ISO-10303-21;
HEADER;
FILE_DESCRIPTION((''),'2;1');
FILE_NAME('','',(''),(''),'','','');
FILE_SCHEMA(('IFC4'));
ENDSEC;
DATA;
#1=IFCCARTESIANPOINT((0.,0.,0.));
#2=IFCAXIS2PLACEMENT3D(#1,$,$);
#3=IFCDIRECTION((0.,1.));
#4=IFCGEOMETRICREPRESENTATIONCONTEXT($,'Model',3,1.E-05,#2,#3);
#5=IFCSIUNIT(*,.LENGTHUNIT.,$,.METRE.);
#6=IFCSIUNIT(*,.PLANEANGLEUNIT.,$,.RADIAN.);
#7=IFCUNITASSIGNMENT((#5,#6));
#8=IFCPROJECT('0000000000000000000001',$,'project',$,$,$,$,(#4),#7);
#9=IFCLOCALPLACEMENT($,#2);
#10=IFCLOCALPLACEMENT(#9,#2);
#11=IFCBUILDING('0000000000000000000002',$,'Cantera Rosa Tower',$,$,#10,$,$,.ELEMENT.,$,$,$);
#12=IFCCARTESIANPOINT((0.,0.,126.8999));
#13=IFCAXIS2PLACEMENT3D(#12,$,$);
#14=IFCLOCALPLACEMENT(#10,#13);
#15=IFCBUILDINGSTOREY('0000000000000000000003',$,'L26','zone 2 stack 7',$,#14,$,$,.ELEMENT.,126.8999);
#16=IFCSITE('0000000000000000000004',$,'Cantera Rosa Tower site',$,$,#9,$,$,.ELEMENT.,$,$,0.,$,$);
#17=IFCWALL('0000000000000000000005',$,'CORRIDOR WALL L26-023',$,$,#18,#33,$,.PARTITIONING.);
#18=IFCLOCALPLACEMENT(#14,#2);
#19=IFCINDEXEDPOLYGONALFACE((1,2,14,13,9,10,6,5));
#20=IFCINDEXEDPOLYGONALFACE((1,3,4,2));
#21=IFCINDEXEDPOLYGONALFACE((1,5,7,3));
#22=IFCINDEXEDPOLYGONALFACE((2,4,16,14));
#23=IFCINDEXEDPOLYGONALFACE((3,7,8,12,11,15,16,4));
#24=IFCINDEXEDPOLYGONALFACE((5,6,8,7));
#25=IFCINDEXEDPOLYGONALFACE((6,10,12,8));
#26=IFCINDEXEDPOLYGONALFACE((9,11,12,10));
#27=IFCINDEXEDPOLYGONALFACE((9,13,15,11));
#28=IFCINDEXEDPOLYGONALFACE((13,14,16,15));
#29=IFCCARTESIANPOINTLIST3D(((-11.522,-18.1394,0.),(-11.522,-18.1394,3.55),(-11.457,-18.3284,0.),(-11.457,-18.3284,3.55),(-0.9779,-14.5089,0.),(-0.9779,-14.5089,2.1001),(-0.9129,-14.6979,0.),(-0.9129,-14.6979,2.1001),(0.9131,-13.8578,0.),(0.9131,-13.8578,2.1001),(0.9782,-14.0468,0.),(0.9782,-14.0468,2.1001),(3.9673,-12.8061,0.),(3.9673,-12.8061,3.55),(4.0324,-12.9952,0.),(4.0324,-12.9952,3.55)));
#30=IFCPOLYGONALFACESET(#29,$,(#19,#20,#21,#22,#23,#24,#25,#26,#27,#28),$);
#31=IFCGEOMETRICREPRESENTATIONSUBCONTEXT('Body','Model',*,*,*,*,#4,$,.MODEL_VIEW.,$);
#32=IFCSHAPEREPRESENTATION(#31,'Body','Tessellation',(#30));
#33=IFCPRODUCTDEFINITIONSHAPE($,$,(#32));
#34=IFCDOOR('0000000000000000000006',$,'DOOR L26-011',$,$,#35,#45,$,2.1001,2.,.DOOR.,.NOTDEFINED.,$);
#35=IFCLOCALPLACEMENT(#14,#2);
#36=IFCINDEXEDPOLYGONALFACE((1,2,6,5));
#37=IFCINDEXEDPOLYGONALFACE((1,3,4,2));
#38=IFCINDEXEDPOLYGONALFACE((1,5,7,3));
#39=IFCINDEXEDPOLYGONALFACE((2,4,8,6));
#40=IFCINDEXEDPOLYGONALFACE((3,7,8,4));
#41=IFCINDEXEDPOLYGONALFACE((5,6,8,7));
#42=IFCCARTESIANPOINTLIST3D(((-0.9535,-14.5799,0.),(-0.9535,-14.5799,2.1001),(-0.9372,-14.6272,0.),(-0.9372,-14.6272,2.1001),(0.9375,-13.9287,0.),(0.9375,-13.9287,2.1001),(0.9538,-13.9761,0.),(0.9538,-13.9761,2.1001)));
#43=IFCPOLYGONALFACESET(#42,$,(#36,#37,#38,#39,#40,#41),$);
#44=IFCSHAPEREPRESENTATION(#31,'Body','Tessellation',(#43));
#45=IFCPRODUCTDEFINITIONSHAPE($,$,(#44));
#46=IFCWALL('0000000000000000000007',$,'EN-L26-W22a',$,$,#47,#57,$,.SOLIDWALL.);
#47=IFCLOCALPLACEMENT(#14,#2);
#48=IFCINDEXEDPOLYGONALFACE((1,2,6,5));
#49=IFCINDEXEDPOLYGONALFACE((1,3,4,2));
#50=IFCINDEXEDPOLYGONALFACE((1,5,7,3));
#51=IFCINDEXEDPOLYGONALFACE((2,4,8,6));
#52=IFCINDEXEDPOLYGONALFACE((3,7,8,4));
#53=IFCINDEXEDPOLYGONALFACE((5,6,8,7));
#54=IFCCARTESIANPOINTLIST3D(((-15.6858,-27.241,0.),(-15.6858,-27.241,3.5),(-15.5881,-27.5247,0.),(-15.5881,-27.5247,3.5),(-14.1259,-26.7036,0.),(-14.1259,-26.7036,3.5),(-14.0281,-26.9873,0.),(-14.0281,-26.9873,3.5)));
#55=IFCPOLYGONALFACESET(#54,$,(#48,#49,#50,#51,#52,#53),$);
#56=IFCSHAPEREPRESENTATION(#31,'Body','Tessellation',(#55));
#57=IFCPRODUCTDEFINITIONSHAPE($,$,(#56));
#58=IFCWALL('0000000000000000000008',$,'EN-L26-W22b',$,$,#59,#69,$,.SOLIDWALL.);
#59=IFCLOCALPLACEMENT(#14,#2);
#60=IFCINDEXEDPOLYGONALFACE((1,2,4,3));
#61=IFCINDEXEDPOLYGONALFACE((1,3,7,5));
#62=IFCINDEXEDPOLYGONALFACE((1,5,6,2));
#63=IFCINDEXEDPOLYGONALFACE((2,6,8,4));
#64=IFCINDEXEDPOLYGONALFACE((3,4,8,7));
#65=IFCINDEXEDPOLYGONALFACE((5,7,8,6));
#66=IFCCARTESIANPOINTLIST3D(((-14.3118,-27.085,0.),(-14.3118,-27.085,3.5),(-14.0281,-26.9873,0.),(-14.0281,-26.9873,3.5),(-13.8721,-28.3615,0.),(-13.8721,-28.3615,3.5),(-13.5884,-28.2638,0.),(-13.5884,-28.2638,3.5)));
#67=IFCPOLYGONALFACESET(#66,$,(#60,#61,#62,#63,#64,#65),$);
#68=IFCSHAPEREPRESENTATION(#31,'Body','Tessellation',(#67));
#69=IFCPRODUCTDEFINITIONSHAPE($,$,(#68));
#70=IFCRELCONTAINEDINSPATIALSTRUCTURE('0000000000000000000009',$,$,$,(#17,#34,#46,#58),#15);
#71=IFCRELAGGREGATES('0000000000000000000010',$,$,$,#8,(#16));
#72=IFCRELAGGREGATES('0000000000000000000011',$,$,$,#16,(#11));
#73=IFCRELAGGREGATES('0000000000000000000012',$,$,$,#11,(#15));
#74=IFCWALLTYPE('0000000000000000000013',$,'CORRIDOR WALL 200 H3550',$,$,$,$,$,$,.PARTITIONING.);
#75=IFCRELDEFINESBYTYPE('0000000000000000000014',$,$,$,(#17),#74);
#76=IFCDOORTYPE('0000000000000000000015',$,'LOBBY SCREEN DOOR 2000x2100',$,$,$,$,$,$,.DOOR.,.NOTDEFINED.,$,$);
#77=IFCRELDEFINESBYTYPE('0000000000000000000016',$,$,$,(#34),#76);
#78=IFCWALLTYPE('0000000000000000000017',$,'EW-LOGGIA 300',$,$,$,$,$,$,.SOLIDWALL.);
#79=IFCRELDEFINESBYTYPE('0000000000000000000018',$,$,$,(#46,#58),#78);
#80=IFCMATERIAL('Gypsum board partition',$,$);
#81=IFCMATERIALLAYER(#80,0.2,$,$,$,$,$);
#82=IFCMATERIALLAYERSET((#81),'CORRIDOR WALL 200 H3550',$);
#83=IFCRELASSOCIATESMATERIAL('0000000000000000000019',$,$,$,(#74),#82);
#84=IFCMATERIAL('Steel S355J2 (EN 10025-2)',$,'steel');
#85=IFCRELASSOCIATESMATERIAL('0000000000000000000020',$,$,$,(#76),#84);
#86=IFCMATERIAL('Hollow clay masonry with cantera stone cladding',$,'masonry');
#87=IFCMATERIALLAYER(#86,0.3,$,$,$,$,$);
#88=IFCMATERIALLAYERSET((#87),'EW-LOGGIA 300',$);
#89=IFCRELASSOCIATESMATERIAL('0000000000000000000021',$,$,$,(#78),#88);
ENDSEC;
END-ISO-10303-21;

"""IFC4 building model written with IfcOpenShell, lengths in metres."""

from ifc_helpers import new_model, si_unit, direction, frame, frame_2d, origin, place, context, subcontext, project, spatial, rectangle, extrude, material, layer, layer_set, type_object, element, fill, save


model = new_model("IFC4")

# Units and contexts
model_context = context("Model", 3, precision=1e-05, world=origin(), true_north=direction((0.0, 1.0)))
body_context = subcontext(model_context, "Body", "Model", "MODEL_VIEW")
ifc_project = project(units=[si_unit("LENGTHUNIT", "METRE"), si_unit("PLANEANGLEUNIT", "RADIAN")], contexts=[model_context])

# Site, building, storey
site_placement = place(None, origin())
site = spatial("IfcSite", under=ifc_project, at=site_placement, Name="Cantera Rosa Tower site", CompositionType="ELEMENT", RefElevation=0.0)
building_placement = place(site_placement, origin())
building = spatial("IfcBuilding", under=site, at=building_placement, Name="Cantera Rosa Tower", CompositionType="ELEMENT")
storey_placement = place(building_placement, frame((0.0, 0.0, 126.8999)))
storey = spatial("IfcBuildingStorey", under=building, at=storey_placement, Name="L26", Description="zone 2 stack 7", CompositionType="ELEMENT", Elevation=126.8999)

# Shared definitions
ifc_material_1 = material(Name="Gypsum board partition")
ifc_layer_1 = layer(ifc_material_1, 0.2)
ifc_layer_set_1 = layer_set([ifc_layer_1], Name="CORRIDOR WALL 200 H3550")
wall_type_1 = type_object("IfcWallType", Name="CORRIDOR WALL 200 H3550", PredefinedType="PARTITIONING", material=ifc_layer_set_1)

# Wall, opening, door
wall_1_placement = place(storey_placement, frame((-11.4895, -18.2339, 0.0), z_axis=(0.0, 0.0, 1.0), x_axis=(0.945523, 0.325557, 0.0)))
wall_1 = element("IfcWall", 1, at=wall_1_placement, inside=storey, type_object=wall_type_1, Name="CORRIDOR WALL L26-023", PredefinedType="PARTITIONING", context=body_context, shape_type="SweptSolid", body=[
    extrude(rectangle(XDim=16.3818, YDim=0.2, at=frame_2d((8.1909, 0.0))), origin(), (0.0, 0.0, 1.0), 3.55),
])
opening_1_placement = place(wall_1_placement, frame((11.1516, 0.0, 0.0)))
opening_1 = element("IfcOpeningElement", 2, at=opening_1_placement, cuts=wall_1, PredefinedType="OPENING", context=body_context, shape_type="SweptSolid", body=[
    extrude(rectangle(XDim=2.0, YDim=2.1001, at=frame_2d((1.0, 1.05))), frame((0.0, 0.1099, 0.0), z_axis=(0.0, -1.0, 0.0), x_axis=(1.0, 0.0, 0.0)), (0.0, 0.0, 1.0), 0.22),
])
ifc_material_2 = material(Name="Steel S355J2 (EN 10025-2)", Category="steel")
door_type_1 = type_object("IfcDoorType", Name="LOBBY SCREEN DOOR 2000x2100", OperationType="NOTDEFINED", PredefinedType="DOOR", material=ifc_material_2)
door_1_placement = place(opening_1_placement, origin())
door_1 = element("IfcDoor", 3, at=door_1_placement, inside=storey, type_object=door_type_1, Name="DOOR L26-011", OperationType="NOTDEFINED", OverallHeight=2.1001, OverallWidth=2.0, PredefinedType="DOOR", context=body_context, shape_type="SweptSolid", body=[
    extrude(rectangle(XDim=2.0, YDim=2.1001, at=frame_2d((1.0, 1.05))), frame((0.0, 0.0249, 0.0), z_axis=(0.0, -1.0, 0.0), x_axis=(1.0, 0.0, 0.0)), (0.0, 0.0, 1.0), 0.05),
])
fill(opening_1, door_1)

# Walls
ifc_material_3 = material(Name="Hollow clay masonry with cantera stone cladding", Category="masonry")
ifc_layer_2 = layer(ifc_material_3, 0.3)
ifc_layer_set_2 = layer_set([ifc_layer_2], Name="EW-LOGGIA 300")
wall_type_2 = type_object("IfcWallType", Name="EW-LOGGIA 300", PredefinedType="SOLIDWALL", material=ifc_layer_set_2)
wall_2_placement = place(storey_placement, frame((-15.637, -27.3828, 0.0), z_axis=(0.0, 0.0, 1.0), x_axis=(0.945485, 0.325667, 0.0)))
element("IfcWall", 4, at=wall_2_placement, inside=storey, type_object=wall_type_2, Name="EN-L26-W22a", PredefinedType="SOLIDWALL", context=body_context, shape_type="SweptSolid", body=[
    extrude(rectangle(XDim=1.6499, YDim=0.3, at=frame_2d((0.825, 0.0))), origin(), (0.0, 0.0, 1.0), 3.5),
])
wall_3_placement = place(storey_placement, frame((-14.1699, -27.0361, 0.0), z_axis=(0.0, 0.0, 1.0), x_axis=(0.325651, -0.94549, 0.0)))
element("IfcWall", 5, at=wall_3_placement, inside=storey, type_object=wall_type_2, Name="EN-L26-W22b", PredefinedType="SOLIDWALL", context=body_context, shape_type="SweptSolid", body=[
    extrude(rectangle(XDim=1.3501, YDim=0.3, at=frame_2d((0.675, 0.0))), origin(), (0.0, 0.0, 1.0), 3.5),
])

save(model, "model.ifc")
